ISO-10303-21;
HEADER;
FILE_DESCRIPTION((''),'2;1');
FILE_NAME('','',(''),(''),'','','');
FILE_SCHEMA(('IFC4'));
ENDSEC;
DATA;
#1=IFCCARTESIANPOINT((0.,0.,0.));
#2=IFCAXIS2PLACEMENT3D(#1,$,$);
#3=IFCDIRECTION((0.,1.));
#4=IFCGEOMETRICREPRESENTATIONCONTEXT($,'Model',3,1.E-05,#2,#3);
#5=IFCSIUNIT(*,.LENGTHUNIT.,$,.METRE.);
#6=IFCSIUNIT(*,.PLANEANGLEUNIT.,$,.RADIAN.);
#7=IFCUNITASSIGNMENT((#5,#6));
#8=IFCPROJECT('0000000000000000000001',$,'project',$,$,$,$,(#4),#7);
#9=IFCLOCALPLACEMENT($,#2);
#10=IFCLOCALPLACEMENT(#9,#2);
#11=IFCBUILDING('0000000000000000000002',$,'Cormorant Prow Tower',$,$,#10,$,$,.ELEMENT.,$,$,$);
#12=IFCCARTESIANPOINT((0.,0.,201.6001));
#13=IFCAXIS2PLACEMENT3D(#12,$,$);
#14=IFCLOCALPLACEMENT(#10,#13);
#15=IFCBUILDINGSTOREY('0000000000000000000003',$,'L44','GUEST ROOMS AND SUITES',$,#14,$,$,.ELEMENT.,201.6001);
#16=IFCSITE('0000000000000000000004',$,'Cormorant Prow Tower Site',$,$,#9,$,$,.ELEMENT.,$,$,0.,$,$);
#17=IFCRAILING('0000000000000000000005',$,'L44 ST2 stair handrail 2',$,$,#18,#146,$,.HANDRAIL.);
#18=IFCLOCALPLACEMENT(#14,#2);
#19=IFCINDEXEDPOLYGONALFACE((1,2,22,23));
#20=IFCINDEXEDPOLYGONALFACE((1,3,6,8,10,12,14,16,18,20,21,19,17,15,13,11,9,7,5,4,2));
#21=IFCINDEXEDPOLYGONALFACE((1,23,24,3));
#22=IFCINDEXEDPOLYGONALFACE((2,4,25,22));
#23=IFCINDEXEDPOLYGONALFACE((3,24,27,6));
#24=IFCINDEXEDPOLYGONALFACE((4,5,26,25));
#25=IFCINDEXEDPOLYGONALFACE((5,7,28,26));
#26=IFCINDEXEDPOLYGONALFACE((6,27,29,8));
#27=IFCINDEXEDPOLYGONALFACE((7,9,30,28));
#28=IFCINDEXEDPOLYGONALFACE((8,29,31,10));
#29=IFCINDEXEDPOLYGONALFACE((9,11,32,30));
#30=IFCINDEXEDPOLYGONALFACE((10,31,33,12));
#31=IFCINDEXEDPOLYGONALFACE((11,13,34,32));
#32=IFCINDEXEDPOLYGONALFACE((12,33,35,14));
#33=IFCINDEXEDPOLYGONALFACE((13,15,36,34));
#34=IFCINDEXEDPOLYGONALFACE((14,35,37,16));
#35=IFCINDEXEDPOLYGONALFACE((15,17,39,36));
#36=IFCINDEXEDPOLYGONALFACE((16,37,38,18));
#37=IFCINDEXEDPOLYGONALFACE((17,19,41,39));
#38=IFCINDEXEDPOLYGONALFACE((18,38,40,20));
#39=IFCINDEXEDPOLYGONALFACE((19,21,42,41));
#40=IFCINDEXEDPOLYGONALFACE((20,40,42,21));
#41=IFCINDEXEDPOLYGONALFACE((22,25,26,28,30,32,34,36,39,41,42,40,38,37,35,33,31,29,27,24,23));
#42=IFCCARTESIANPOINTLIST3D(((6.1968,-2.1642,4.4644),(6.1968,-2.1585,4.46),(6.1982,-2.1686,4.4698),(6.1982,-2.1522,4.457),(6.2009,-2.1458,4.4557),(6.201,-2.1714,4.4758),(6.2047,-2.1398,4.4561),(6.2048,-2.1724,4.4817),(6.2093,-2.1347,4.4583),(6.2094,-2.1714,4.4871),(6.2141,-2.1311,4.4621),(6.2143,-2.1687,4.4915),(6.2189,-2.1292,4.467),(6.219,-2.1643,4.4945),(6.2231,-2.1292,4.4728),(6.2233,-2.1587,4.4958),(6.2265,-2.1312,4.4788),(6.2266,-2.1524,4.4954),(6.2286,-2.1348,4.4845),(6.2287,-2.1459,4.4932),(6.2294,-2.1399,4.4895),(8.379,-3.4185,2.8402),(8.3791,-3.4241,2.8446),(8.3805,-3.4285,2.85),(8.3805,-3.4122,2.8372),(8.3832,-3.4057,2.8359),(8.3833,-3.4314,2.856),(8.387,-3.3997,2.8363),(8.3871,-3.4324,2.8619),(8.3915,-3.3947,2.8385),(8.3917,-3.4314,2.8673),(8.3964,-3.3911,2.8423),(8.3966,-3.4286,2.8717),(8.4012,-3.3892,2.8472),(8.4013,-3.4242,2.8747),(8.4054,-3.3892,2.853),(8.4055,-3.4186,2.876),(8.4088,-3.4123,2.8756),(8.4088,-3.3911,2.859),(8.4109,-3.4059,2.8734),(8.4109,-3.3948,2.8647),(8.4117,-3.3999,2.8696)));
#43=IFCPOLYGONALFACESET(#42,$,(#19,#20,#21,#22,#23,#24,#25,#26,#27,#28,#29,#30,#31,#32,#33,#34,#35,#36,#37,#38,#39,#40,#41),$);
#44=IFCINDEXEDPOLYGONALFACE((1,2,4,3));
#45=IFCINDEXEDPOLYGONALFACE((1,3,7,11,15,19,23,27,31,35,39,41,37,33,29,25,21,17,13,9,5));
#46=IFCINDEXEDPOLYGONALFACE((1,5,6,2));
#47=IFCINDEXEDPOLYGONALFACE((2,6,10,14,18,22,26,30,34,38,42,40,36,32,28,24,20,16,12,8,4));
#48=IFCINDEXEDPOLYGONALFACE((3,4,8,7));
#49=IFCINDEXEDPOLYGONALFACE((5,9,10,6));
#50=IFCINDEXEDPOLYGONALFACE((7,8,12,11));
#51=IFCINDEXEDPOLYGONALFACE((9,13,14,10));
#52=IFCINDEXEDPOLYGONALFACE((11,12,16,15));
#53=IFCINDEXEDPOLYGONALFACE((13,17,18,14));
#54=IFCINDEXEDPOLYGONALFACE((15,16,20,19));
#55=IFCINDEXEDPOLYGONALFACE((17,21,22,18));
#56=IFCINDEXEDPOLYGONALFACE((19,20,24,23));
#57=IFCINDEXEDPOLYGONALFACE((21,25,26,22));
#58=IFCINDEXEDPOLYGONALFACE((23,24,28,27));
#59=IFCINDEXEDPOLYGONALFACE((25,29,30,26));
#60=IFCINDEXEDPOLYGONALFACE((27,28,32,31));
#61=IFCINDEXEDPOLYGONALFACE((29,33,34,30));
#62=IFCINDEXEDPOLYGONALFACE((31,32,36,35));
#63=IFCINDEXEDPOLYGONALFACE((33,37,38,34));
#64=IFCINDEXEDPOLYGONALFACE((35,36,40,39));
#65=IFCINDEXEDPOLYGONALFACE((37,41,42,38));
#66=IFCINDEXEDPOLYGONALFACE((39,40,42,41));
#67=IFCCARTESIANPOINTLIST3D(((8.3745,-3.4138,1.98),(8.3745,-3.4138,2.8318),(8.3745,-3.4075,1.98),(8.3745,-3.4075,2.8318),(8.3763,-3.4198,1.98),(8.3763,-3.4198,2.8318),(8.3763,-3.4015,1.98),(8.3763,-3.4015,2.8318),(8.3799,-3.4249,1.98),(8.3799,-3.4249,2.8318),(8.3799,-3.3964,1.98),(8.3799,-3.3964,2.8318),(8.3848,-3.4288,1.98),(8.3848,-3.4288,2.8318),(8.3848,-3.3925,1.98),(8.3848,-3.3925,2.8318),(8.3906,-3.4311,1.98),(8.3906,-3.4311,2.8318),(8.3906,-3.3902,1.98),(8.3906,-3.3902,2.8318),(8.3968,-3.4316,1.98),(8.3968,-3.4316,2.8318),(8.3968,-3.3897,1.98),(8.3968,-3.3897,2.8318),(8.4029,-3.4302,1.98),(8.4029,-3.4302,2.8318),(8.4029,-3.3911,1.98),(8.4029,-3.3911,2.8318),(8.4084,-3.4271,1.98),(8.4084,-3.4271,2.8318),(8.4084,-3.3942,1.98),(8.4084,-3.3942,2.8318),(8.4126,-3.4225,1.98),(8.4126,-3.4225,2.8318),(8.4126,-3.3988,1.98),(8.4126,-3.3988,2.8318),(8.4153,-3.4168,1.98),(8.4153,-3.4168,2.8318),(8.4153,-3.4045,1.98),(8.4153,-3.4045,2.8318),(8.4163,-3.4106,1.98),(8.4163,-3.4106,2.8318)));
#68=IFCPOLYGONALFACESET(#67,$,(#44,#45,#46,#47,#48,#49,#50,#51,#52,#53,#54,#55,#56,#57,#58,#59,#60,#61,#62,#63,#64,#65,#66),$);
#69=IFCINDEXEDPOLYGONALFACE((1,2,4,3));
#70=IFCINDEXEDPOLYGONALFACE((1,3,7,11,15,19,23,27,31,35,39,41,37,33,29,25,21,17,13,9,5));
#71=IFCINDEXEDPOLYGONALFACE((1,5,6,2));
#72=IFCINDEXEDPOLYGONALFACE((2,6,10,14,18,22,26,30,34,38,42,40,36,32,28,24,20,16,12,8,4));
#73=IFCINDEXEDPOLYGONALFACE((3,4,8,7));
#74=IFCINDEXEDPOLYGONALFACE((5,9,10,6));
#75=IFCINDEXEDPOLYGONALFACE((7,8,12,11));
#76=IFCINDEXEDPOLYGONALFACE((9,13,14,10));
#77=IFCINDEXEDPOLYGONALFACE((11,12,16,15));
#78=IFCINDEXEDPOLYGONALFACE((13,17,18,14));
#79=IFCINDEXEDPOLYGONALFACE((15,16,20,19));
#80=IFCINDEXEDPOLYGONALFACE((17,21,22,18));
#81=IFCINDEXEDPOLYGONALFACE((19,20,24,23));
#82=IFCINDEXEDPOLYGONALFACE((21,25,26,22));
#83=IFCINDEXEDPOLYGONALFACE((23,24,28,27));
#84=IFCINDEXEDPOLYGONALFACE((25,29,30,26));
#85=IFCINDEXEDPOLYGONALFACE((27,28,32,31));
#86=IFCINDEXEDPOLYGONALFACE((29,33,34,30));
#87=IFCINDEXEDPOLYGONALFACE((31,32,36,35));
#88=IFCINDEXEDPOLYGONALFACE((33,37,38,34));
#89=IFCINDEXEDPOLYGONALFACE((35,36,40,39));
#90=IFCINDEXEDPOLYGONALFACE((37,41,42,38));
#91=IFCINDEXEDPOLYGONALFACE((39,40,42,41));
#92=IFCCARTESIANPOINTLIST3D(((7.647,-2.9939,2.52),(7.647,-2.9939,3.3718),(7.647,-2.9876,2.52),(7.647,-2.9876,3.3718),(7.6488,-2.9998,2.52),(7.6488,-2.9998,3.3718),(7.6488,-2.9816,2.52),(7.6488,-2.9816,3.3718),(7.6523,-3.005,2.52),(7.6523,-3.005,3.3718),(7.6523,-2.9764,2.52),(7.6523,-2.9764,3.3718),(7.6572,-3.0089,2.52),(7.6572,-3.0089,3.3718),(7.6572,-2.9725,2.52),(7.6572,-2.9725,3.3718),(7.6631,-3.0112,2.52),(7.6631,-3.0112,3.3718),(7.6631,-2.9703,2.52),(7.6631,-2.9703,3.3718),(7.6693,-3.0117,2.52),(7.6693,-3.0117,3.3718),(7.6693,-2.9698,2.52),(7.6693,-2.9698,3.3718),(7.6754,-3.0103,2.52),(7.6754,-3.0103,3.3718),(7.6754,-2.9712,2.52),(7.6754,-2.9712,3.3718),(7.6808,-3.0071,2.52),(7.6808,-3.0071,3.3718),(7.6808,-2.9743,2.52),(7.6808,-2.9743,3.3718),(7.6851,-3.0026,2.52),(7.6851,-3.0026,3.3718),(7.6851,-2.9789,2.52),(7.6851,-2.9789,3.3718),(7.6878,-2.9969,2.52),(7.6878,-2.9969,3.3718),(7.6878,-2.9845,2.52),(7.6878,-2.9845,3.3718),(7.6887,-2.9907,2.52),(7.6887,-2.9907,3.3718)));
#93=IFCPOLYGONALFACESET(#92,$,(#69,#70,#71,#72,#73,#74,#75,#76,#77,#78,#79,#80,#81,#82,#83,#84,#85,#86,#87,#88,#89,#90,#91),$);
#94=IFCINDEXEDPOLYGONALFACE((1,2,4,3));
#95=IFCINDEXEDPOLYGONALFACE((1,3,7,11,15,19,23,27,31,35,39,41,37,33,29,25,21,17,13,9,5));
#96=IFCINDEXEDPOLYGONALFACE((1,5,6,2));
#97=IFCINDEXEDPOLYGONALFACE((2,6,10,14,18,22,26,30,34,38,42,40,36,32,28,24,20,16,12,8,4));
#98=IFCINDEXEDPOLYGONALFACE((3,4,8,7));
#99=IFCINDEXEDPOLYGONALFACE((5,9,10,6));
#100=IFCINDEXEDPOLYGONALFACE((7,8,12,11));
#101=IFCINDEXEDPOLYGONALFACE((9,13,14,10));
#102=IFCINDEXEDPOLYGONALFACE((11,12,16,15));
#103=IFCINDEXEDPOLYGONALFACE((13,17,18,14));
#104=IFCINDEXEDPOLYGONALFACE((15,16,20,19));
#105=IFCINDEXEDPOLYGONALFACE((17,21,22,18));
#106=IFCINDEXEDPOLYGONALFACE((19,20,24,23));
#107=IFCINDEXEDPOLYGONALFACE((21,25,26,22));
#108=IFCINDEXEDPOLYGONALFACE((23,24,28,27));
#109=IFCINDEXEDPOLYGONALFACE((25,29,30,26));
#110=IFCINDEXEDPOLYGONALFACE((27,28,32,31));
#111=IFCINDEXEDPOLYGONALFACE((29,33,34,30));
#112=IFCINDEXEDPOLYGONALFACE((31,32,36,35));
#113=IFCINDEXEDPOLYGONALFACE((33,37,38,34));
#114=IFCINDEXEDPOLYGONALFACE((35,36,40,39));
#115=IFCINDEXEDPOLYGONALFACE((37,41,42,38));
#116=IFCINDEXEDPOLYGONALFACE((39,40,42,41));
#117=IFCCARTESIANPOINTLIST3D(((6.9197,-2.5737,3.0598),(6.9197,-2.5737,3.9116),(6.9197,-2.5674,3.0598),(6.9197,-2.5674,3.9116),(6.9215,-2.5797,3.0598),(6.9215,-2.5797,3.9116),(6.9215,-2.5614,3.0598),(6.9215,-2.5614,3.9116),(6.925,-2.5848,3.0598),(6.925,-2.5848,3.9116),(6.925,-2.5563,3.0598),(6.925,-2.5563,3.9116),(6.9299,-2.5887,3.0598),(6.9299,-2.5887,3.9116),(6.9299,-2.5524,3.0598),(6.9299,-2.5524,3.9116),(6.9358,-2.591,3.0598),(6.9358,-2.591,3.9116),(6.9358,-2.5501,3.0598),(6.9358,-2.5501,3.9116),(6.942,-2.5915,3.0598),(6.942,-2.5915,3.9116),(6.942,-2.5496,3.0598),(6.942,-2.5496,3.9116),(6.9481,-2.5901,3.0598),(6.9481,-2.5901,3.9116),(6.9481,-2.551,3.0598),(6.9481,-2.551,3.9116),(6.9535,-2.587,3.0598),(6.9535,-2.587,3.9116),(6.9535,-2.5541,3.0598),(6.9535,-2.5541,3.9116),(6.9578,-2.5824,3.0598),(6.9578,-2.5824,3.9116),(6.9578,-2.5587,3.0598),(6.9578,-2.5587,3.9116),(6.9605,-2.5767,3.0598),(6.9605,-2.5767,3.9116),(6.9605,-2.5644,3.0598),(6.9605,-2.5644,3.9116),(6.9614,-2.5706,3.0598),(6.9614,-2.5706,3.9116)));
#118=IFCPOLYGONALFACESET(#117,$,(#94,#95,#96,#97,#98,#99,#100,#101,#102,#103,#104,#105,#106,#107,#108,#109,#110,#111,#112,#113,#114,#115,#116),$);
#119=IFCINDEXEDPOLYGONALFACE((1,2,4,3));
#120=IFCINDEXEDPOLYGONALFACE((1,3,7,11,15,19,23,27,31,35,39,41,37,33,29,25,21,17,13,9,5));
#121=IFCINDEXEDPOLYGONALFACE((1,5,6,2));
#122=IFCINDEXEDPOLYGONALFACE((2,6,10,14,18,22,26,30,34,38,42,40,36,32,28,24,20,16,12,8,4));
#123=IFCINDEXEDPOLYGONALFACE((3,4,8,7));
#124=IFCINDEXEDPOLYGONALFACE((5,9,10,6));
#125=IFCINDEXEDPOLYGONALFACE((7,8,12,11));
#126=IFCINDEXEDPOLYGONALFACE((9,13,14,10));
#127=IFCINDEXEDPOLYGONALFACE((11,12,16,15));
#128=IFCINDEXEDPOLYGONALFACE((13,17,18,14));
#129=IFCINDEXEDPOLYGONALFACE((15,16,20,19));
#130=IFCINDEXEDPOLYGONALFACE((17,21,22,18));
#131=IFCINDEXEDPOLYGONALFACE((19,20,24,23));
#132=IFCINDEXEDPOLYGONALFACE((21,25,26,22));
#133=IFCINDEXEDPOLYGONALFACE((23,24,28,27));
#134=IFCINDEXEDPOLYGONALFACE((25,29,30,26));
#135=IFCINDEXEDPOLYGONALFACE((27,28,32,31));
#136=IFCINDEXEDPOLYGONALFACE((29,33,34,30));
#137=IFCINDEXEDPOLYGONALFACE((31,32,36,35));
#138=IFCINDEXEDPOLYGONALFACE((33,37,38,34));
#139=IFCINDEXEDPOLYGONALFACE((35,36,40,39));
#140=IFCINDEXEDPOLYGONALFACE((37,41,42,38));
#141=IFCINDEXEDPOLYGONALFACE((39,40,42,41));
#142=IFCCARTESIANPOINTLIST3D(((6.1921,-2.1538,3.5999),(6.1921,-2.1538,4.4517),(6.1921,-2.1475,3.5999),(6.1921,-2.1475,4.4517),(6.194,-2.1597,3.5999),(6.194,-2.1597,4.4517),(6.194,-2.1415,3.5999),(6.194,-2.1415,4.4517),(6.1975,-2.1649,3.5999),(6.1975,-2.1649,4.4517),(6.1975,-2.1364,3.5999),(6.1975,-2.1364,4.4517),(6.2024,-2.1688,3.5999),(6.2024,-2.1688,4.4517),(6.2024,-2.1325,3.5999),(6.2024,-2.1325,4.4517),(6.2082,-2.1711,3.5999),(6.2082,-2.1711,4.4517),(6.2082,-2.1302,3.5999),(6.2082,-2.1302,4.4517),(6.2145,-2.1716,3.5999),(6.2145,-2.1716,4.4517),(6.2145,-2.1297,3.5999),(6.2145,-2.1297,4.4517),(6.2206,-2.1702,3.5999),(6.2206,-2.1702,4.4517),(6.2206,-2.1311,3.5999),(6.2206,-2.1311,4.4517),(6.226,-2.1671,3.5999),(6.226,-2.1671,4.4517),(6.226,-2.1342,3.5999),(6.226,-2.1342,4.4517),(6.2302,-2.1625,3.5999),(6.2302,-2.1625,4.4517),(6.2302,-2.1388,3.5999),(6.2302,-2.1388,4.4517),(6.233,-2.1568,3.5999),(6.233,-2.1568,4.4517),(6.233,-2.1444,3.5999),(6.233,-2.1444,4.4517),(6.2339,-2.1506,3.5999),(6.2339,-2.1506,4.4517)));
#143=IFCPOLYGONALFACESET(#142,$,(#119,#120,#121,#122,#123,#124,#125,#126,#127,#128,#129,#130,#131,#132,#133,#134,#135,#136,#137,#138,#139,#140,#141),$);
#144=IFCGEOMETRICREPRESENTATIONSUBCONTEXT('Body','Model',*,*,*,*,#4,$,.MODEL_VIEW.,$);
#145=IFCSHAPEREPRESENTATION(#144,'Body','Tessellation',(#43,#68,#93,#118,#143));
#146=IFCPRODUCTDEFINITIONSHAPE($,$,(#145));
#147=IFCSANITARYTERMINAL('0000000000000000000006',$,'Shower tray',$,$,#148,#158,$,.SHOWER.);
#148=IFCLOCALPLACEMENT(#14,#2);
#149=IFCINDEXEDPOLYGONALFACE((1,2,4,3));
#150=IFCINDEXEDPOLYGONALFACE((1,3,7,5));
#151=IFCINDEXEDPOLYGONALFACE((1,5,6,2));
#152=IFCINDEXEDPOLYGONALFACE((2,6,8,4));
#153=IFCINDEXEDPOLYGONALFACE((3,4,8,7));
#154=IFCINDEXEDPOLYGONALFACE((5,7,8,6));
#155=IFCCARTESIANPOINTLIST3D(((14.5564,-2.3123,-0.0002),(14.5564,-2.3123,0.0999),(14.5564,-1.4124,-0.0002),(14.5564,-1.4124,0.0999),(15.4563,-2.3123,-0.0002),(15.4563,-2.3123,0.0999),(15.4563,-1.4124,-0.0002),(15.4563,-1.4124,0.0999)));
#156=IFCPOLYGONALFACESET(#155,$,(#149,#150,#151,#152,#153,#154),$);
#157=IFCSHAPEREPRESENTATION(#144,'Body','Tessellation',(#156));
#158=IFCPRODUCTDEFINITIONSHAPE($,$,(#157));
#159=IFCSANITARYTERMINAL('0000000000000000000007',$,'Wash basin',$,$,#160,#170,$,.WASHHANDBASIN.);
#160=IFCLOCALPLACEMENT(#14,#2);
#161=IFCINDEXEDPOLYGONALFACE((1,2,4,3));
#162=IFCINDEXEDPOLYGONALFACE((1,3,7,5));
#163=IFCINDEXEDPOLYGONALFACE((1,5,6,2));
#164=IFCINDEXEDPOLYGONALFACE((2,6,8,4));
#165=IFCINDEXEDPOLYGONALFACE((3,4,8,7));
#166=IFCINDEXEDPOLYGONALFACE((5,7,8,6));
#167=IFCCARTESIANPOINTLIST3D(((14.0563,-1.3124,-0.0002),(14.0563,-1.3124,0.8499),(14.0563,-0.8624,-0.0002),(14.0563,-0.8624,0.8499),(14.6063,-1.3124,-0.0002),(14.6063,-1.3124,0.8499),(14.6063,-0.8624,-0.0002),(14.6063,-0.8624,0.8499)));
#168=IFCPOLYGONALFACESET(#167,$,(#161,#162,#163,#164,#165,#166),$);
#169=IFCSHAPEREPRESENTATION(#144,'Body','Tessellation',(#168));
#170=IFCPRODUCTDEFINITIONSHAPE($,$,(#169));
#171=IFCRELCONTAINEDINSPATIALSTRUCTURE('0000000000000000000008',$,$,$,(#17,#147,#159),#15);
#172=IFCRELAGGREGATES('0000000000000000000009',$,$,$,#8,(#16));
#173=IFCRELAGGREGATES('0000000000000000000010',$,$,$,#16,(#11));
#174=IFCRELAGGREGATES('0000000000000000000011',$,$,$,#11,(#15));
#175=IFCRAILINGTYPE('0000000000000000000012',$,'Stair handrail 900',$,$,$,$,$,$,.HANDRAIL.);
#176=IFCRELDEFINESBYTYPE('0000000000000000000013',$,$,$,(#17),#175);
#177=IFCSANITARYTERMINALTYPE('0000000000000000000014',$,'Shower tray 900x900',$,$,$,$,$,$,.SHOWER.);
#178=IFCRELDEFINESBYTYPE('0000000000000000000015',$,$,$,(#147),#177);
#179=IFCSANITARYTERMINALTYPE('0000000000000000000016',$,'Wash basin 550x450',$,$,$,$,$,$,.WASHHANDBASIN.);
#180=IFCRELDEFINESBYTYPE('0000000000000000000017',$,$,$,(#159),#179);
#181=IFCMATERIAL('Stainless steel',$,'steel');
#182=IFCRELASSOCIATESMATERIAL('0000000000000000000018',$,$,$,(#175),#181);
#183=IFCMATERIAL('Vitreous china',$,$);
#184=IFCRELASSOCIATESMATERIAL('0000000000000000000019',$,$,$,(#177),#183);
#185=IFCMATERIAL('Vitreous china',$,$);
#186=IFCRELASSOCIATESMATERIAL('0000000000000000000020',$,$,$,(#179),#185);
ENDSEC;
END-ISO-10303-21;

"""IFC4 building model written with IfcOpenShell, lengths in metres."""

from ifc_helpers import new_model, si_unit, direction, frame, origin, origin_2d, place, context, subcontext, project, spatial, rectangle, circle, extrude, material, type_object, element, save


model = new_model("IFC4")

# Units and contexts
model_context = context("Model", 3, precision=1e-05, world=origin(), true_north=direction((0.0, 1.0)))
body_context = subcontext(model_context, "Body", "Model", "MODEL_VIEW")
ifc_project = project(units=[si_unit("LENGTHUNIT", "METRE"), si_unit("PLANEANGLEUNIT", "RADIAN")], contexts=[model_context])

# Site, building, storey
site_placement = place(None, origin())
site = spatial("IfcSite", under=ifc_project, at=site_placement, Name="Cormorant Prow Tower Site", CompositionType="ELEMENT", RefElevation=0.0)
building_placement = place(site_placement, origin())
building = spatial("IfcBuilding", under=site, at=building_placement, Name="Cormorant Prow Tower", CompositionType="ELEMENT")
storey_placement = place(building_placement, frame((0.0, 0.0, 201.6001)))
storey = spatial("IfcBuildingStorey", under=building, at=storey_placement, Name="L44", Description="GUEST ROOMS AND SUITES", CompositionType="ELEMENT", Elevation=201.6001)

# Railing
ifc_material_1 = material(Name="Stainless steel", Category="steel")
railing_type_1 = type_object("IfcRailingType", Name="Stair handrail 900", PredefinedType="HANDRAIL", material=ifc_material_1)
railing_1_placement = place(storey_placement, frame((8.3953, -3.4106, 1.98)))
element("IfcRailing", 1, at=railing_1_placement, inside=storey, type_object=railing_type_1, Name="L44 ST2 stair handrail 2", PredefinedType="HANDRAIL", context=body_context, shape_type="SweptSolid", body=[
    extrude(circle(Radius=0.0239, at=origin_2d()), frame((0.0, 0.0, 0.876), z_axis=(-0.728496, 0.420603, 0.540728), x_axis=(-0.500005, -0.866023, 0.0)), (0.0, 0.0, 1.0), 2.9956),
    extrude(circle(Radius=0.021, at=origin_2d()), origin(), (0.0, 0.0, 1.0), 0.8518),
    extrude(circle(Radius=0.021, at=origin_2d()), frame((-0.7275, 0.4199, 0.54)), (0.0, 0.0, 1.0), 0.8518),
    extrude(circle(Radius=0.021, at=origin_2d()), frame((-1.4548, 0.8401, 1.0798)), (0.0, 0.0, 1.0), 0.8518),
    extrude(circle(Radius=0.021, at=origin_2d()), frame((-2.1824, 1.26, 1.6199)), (0.0, 0.0, 1.0), 0.8518),
])

# Sanitary terminals
ifc_material_2 = material(Name="Vitreous china")
sanitary_terminal_type_1 = type_object("IfcSanitaryTerminalType", Name="Shower tray 900x900", PredefinedType="SHOWER", material=ifc_material_2)
sanitary_terminal_1_placement = place(storey_placement, frame((15.0063, -1.8623, -0.0002), z_axis=(0.0, 0.0, 1.0), x_axis=(1.0, 0.0, 0.0)))
element("IfcSanitaryTerminal", 2, at=sanitary_terminal_1_placement, inside=storey, type_object=sanitary_terminal_type_1, Name="Shower tray", PredefinedType="SHOWER", context=body_context, shape_type="SweptSolid", body=[
    extrude(rectangle(XDim=0.8999, YDim=0.8999, at=origin_2d()), origin(), (0.0, 0.0, 1.0), 0.1001),
])
ifc_material_3 = material(Name="Vitreous china")
sanitary_terminal_type_2 = type_object("IfcSanitaryTerminalType", Name="Wash basin 550x450", PredefinedType="WASHHANDBASIN", material=ifc_material_3)
sanitary_terminal_2_placement = place(storey_placement, frame((14.3313, -1.0874, -0.0002), z_axis=(0.0, 0.0, 1.0), x_axis=(1.0, 0.0, 0.0)))
element("IfcSanitaryTerminal", 3, at=sanitary_terminal_2_placement, inside=storey, type_object=sanitary_terminal_type_2, Name="Wash basin", PredefinedType="WASHHANDBASIN", context=body_context, shape_type="SweptSolid", body=[
    extrude(rectangle(XDim=0.55, YDim=0.45, at=origin_2d()), origin(), (0.0, 0.0, 1.0), 0.8501),
])

save(model, "model.ifc")
